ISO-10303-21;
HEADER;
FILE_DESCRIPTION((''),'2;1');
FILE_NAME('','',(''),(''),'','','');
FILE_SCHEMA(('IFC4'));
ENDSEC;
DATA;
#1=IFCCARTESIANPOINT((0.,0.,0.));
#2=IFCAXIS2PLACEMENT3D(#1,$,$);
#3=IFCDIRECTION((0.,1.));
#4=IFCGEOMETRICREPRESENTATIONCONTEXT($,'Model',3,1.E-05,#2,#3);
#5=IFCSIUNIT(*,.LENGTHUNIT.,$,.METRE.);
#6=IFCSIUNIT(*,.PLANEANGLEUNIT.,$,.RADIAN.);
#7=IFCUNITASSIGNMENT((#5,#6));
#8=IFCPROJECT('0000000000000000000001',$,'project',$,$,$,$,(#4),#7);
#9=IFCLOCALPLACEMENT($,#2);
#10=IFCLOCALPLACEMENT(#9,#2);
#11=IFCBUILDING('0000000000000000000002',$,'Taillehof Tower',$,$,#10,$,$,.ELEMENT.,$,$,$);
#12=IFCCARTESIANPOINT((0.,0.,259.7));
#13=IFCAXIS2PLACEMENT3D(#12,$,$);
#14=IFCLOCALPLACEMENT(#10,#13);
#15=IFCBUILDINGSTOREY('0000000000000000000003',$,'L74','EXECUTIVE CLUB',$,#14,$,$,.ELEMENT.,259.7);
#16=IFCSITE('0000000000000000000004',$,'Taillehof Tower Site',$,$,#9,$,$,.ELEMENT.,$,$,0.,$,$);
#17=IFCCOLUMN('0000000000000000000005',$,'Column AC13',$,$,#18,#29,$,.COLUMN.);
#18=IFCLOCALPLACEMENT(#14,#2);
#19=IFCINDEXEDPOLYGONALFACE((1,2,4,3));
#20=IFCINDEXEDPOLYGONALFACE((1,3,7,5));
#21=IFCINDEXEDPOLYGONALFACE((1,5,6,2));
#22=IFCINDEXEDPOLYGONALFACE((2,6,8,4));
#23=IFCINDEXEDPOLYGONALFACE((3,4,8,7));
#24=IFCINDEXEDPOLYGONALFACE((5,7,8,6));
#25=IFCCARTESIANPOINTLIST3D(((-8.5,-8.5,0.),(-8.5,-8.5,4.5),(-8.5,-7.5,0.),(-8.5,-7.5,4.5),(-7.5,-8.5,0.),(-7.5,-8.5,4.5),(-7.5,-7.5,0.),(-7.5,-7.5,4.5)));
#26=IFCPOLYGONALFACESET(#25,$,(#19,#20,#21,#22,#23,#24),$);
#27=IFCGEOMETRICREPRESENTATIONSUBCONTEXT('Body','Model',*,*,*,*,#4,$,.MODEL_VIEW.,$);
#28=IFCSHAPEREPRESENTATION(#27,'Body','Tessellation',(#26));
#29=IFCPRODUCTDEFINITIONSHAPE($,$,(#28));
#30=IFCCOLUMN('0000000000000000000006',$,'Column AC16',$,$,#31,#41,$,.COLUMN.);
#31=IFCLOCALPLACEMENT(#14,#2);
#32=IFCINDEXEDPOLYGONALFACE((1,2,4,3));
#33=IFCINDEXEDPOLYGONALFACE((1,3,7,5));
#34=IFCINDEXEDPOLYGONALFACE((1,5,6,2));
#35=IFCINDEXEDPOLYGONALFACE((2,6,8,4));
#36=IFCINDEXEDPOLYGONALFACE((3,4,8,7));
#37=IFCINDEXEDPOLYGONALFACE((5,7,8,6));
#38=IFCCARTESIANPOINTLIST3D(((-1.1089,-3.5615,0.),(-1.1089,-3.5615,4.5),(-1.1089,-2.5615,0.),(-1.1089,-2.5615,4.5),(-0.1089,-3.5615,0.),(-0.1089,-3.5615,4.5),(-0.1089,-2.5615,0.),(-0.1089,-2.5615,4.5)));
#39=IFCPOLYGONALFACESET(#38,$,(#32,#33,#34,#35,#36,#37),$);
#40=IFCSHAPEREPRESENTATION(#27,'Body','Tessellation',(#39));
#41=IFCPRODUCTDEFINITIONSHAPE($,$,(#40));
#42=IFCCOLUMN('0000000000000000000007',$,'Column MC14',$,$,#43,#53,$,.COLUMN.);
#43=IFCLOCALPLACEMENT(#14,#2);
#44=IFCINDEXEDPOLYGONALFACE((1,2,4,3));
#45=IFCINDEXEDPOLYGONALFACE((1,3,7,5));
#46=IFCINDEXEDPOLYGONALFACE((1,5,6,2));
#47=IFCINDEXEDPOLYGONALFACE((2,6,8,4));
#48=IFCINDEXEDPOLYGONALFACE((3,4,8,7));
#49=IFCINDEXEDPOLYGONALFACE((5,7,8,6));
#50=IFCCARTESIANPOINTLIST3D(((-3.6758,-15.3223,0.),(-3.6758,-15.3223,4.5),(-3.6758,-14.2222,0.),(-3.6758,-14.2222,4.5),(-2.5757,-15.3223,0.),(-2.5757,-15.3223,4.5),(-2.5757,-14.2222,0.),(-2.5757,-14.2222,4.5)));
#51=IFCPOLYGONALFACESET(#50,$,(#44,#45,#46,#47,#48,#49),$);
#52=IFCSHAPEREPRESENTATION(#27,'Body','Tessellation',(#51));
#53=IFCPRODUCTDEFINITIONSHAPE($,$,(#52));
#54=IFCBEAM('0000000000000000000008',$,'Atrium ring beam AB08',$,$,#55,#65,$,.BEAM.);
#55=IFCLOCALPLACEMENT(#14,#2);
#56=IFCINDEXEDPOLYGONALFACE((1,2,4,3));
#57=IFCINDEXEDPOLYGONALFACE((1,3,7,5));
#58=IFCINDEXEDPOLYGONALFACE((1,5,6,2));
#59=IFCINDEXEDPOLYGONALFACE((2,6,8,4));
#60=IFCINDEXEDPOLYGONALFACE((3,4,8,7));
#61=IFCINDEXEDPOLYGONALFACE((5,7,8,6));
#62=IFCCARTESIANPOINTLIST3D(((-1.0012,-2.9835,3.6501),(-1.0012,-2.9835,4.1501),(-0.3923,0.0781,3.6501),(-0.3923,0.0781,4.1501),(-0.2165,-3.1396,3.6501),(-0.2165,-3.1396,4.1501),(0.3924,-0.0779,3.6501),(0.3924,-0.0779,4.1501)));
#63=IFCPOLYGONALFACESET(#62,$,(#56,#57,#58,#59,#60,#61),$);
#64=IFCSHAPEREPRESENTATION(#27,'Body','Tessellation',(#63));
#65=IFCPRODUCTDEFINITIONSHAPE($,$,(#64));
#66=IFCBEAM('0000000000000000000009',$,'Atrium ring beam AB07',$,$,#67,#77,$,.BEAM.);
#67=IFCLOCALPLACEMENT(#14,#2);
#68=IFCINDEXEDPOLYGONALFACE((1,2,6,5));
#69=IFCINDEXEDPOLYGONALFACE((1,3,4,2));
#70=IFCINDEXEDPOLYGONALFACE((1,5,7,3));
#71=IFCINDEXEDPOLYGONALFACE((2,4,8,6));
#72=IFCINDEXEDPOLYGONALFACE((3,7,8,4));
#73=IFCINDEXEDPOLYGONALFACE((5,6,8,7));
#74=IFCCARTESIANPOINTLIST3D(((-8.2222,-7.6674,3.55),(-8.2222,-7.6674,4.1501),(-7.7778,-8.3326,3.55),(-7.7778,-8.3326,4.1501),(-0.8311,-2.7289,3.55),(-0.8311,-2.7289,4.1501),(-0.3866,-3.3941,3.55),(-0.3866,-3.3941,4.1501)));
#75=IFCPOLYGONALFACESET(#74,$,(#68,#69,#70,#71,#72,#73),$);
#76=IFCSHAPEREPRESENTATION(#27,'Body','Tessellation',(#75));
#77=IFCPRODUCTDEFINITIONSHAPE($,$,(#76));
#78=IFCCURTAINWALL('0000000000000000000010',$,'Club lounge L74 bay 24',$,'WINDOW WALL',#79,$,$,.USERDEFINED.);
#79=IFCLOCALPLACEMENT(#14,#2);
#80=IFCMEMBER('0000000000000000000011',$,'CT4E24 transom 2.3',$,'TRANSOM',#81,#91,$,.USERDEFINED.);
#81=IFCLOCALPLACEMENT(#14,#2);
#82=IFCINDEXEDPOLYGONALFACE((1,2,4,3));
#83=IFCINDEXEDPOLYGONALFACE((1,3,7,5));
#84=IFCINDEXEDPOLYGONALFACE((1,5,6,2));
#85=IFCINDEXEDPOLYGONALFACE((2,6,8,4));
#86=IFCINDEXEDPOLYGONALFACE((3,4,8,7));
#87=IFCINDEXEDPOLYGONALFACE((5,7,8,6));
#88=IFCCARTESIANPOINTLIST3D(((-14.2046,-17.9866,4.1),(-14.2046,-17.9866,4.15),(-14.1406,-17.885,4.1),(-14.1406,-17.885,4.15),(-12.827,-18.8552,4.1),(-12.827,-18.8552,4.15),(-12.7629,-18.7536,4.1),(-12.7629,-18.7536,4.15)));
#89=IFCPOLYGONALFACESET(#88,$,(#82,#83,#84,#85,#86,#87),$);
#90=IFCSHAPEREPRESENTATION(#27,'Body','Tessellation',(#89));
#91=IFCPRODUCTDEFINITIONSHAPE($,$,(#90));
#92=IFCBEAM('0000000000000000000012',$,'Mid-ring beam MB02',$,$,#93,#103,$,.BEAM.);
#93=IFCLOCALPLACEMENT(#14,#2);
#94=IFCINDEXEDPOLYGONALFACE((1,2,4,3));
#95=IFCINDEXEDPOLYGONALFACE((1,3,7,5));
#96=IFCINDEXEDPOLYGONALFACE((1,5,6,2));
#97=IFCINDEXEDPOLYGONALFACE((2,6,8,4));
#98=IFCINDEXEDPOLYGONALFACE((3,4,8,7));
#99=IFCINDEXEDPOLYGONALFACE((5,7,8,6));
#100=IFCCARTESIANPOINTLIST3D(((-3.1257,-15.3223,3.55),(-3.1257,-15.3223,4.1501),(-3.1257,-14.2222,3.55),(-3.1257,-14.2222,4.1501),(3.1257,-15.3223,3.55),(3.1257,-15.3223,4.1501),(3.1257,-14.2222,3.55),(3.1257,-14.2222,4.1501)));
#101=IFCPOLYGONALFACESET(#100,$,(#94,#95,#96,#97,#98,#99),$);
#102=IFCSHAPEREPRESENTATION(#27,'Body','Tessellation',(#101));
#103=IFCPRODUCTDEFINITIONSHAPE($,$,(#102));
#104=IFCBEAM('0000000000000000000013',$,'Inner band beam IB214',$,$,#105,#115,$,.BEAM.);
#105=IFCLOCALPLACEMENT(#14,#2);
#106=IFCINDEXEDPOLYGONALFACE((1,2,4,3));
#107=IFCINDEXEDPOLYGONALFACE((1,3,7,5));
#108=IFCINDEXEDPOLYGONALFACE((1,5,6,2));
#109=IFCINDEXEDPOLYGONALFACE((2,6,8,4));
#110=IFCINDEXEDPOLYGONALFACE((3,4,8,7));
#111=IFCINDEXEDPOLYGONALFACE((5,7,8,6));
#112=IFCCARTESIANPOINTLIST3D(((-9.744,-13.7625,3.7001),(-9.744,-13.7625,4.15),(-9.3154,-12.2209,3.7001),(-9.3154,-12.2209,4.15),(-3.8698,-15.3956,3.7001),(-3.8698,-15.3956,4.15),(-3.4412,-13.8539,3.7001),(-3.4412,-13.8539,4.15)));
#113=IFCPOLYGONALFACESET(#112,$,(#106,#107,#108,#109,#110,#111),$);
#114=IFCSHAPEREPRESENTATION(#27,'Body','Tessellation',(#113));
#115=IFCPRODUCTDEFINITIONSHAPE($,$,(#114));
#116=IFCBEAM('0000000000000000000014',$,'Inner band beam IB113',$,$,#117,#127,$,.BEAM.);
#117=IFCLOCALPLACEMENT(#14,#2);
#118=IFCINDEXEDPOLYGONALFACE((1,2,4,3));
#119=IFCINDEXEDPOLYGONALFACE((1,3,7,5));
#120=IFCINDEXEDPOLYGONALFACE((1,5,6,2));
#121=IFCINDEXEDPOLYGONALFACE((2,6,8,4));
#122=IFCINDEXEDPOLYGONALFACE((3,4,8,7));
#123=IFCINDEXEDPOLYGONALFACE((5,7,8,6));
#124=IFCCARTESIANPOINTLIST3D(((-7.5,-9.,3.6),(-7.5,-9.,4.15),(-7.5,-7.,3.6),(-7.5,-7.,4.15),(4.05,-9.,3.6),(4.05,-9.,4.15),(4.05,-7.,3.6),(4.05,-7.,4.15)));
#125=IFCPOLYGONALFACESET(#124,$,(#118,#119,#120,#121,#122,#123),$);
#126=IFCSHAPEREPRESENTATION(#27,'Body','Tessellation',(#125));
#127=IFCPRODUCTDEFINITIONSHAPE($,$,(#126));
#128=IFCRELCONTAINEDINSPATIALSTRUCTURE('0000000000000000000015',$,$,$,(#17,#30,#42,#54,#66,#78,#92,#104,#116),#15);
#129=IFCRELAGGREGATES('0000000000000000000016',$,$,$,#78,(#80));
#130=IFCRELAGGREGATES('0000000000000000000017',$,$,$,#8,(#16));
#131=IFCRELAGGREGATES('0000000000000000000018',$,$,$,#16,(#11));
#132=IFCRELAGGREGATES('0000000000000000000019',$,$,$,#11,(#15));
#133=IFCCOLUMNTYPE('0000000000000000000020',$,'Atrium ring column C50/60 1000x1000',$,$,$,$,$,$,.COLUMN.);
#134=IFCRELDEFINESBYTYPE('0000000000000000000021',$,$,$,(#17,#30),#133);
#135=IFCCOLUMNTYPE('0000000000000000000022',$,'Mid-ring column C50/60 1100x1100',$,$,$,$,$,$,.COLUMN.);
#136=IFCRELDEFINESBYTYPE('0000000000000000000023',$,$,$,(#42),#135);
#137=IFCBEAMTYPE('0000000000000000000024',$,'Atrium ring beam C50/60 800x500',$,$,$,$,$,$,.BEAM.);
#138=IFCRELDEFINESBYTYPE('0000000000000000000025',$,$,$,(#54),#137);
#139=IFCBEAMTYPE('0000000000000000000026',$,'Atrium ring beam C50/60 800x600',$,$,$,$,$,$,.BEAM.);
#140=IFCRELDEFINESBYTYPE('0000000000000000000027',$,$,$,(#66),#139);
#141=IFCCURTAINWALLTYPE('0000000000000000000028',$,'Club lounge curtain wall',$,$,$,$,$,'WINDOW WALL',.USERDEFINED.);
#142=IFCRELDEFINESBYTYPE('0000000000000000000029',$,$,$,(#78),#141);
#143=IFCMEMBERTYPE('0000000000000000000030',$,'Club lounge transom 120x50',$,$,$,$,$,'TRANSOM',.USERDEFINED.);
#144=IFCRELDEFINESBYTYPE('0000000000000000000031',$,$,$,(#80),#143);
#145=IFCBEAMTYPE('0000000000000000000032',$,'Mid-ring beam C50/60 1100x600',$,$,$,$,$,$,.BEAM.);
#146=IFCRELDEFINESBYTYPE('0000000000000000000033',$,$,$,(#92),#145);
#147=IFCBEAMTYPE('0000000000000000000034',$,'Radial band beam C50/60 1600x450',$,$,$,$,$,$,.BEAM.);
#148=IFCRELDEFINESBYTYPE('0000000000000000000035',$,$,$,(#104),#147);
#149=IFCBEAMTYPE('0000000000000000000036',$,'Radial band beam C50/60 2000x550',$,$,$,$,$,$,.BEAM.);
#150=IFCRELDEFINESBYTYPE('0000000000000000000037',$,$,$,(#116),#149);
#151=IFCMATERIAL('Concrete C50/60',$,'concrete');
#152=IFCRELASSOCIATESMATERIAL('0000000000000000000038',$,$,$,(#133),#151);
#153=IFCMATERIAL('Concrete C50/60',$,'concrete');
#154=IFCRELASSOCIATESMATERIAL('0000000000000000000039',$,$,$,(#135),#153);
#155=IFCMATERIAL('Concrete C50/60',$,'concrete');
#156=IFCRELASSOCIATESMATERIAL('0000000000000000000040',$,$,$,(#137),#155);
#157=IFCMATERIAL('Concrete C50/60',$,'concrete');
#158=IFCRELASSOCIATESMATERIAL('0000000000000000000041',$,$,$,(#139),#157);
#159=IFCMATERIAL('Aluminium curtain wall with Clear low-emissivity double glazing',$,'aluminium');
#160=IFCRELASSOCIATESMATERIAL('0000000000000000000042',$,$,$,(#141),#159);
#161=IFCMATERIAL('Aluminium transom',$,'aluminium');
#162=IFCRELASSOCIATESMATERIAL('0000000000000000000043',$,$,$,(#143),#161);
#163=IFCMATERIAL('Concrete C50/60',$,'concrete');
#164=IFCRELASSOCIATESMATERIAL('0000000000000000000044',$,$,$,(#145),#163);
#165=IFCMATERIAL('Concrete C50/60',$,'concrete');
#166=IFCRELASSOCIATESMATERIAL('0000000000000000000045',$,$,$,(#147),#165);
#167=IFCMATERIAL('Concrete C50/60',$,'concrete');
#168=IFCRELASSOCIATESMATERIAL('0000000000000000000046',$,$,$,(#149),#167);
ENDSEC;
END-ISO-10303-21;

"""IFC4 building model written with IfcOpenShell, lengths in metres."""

from ifc_helpers import new_model, si_unit, direction, frame, origin, origin_2d, place, context, subcontext, project, spatial, rectangle, extrude, material, material_profile, profile_set, type_object, element, aggregate, save


model = new_model("IFC4")

# Units and contexts
model_context = context("Model", 3, precision=1e-05, world=origin(), true_north=direction((0.0, 1.0)))
body_context = subcontext(model_context, "Body", "Model", "MODEL_VIEW")
ifc_project = project(units=[si_unit("LENGTHUNIT", "METRE"), si_unit("PLANEANGLEUNIT", "RADIAN")], contexts=[model_context])

# Site, building, storey
site_placement = place(None, origin())
site = spatial("IfcSite", under=ifc_project, at=site_placement, Name="Taillehof Tower Site", CompositionType="ELEMENT", RefElevation=0.0)
building_placement = place(site_placement, origin())
building = spatial("IfcBuilding", under=site, at=building_placement, Name="Taillehof Tower", CompositionType="ELEMENT")
storey_placement = place(building_placement, frame((0.0, 0.0, 259.7)))
storey = spatial("IfcBuildingStorey", under=building, at=storey_placement, Name="L74", Description="EXECUTIVE CLUB", CompositionType="ELEMENT", Elevation=259.7)

# Columns
ifc_material_1 = material(Name="Concrete C50/60", Category="concrete")
ifc_material_profile_1 = material_profile(ifc_material_1, rectangle(XDim=1.0, YDim=1.0, at=origin_2d()), Name="RC 1000x1000")
ifc_profile_set_1 = profile_set([ifc_material_profile_1], Name="Concrete C50/60")
column_type_1 = type_object("IfcColumnType", Name="Atrium ring column C50/60 1000x1000", PredefinedType="COLUMN", material=ifc_profile_set_1)
for number, where, z_axis, x_axis, name in (
    (1, (-8.0, -8.0, 0.0), (0.0, 0.0, 1.0), (1.0, 0.0, 0.0), "Column AC13"),
    (2, (-0.6089, -3.0615, 0.0), (0.0, 0.0, 1.0), (1.0, 0.0, 0.0), "Column AC16"),
):
    element("IfcColumn", number, at=place(storey_placement, frame(where, z_axis=z_axis, x_axis=x_axis)), inside=storey, type_object=column_type_1, Name=name, PredefinedType="COLUMN", context=body_context, shape_type="SweptSolid", body=[
        extrude(rectangle(XDim=1.0, YDim=1.0, at=origin_2d()), origin(), (0.0, 0.0, 1.0), 4.5),
    ])
ifc_material_2 = material(Name="Concrete C50/60", Category="concrete")
ifc_material_profile_2 = material_profile(ifc_material_2, rectangle(XDim=1.1001, YDim=1.1001, at=origin_2d()), Name="RC 1100x1100")
ifc_profile_set_2 = profile_set([ifc_material_profile_2], Name="Concrete C50/60")
column_type_2 = type_object("IfcColumnType", Name="Mid-ring column C50/60 1100x1100", PredefinedType="COLUMN", material=ifc_profile_set_2)
column_placement = place(storey_placement, frame((-3.1257, -14.7722, 0.0), z_axis=(0.0, 0.0, 1.0), x_axis=(1.0, 0.0, 0.0)))
element("IfcColumn", 3, at=column_placement, inside=storey, type_object=column_type_2, Name="Column MC14", PredefinedType="COLUMN", context=body_context, shape_type="SweptSolid", body=[
    extrude(rectangle(XDim=1.1001, YDim=1.1001, at=origin_2d()), origin(), (0.0, 0.0, 1.0), 4.5),
])

# Beams
ifc_material_3 = material(Name="Concrete C50/60", Category="concrete")
ifc_material_profile_3 = material_profile(ifc_material_3, rectangle(XDim=0.8, YDim=0.5, at=origin_2d()), Name="RC 800x500")
ifc_profile_set_3 = profile_set([ifc_material_profile_3], Name="Concrete C50/60")
beam_type_1 = type_object("IfcBeamType", Name="Atrium ring beam C50/60 800x500", PredefinedType="BEAM", material=ifc_profile_set_3)
beam_1_placement = place(storey_placement, frame((-0.6089, -3.0615, 3.9001), z_axis=(0.195063, 0.980791, 0.0), x_axis=(-0.980791, 0.195063, 0.0)))
element("IfcBeam", 4, at=beam_1_placement, inside=storey, type_object=beam_type_1, Name="Atrium ring beam AB08", PredefinedType="BEAM", context=body_context, shape_type="SweptSolid", body=[
    extrude(rectangle(XDim=0.8, YDim=0.5, at=origin_2d()), origin(), (0.0, 0.0, 1.0), 3.1216),
])
ifc_material_4 = material(Name="Concrete C50/60", Category="concrete")
ifc_material_profile_4 = material_profile(ifc_material_4, rectangle(XDim=0.8, YDim=0.6001, at=origin_2d()), Name="RC 800x600")
ifc_profile_set_4 = profile_set([ifc_material_profile_4], Name="Concrete C50/60")
beam_type_2 = type_object("IfcBeamType", Name="Atrium ring beam C50/60 800x600", PredefinedType="BEAM", material=ifc_profile_set_4)
beam_2_placement = place(storey_placement, frame((-8.0, -8.0, 3.8501), z_axis=(0.831475, 0.555562, 0.0), x_axis=(-0.555562, 0.831475, 0.0)))
element("IfcBeam", 5, at=beam_2_placement, inside=storey, type_object=beam_type_2, Name="Atrium ring beam AB07", PredefinedType="BEAM", context=body_context, shape_type="SweptSolid", body=[
    extrude(rectangle(XDim=0.8, YDim=0.6001, at=origin_2d()), origin(), (0.0, 0.0, 1.0), 8.8892),
])

# Curtain wall, member
ifc_material_5 = material(Name="Aluminium curtain wall with Clear low-emissivity double glazing", Category="aluminium")
curtain_wall_type = type_object("IfcCurtainWallType", Name="Club lounge curtain wall", ElementType="WINDOW WALL", PredefinedType="USERDEFINED", material=ifc_material_5)
curtain_wall_placement = place(storey_placement, origin())
curtain_wall = element("IfcCurtainWall", 6, at=curtain_wall_placement, inside=storey, type_object=curtain_wall_type, Name="Club lounge L74 bay 24", ObjectType="WINDOW WALL", PredefinedType="USERDEFINED")
ifc_material_6 = material(Name="Aluminium transom", Category="aluminium")
ifc_material_profile_5 = material_profile(ifc_material_6, rectangle(XDim=0.1201, YDim=0.05, at=origin_2d()), Name="AL 120x50")
ifc_profile_set_5 = profile_set([ifc_material_profile_5], Name="Aluminium transom")
member_type = type_object("IfcMemberType", Name="Club lounge transom 120x50", ElementType="TRANSOM", PredefinedType="USERDEFINED", material=ifc_profile_set_5)
member_placement = place(storey_placement, frame((-14.1726, -17.9358, 4.125), z_axis=(0.845895, -0.53335, 0.0), x_axis=(0.53335, 0.845895, 0.0)))
member = element("IfcMember", 7, at=member_placement, type_object=member_type, Name="CT4E24 transom 2.3", ObjectType="TRANSOM", PredefinedType="USERDEFINED", context=body_context, shape_type="SweptSolid", body=[
    extrude(rectangle(XDim=0.1201, YDim=0.05, at=origin_2d()), origin(), (0.0, 0.0, 1.0), 1.6287),
])
aggregate(curtain_wall, [member])

# Beams
ifc_material_7 = material(Name="Concrete C50/60", Category="concrete")
ifc_material_profile_6 = material_profile(ifc_material_7, rectangle(XDim=1.1001, YDim=0.6001, at=origin_2d()), Name="RC 1100x600")
ifc_profile_set_6 = profile_set([ifc_material_profile_6], Name="Concrete C50/60")
beam_type_3 = type_object("IfcBeamType", Name="Mid-ring beam C50/60 1100x600", PredefinedType="BEAM", material=ifc_profile_set_6)
beam_3_placement = place(storey_placement, frame((-3.1257, -14.7722, 3.8501), z_axis=(1.0, 0.0, 0.0), x_axis=(0.0, 1.0, 0.0)))
element("IfcBeam", 8, at=beam_3_placement, inside=storey, type_object=beam_type_3, Name="Mid-ring beam MB02", PredefinedType="BEAM", context=body_context, shape_type="SweptSolid", body=[
    extrude(rectangle(XDim=1.1001, YDim=0.6001, at=origin_2d()), origin(), (0.0, 0.0, 1.0), 6.2515),
])
ifc_material_8 = material(Name="Concrete C50/60", Category="concrete")
ifc_material_profile_7 = material_profile(ifc_material_8, rectangle(XDim=1.6001, YDim=0.45, at=origin_2d()), Name="RC 1600x450")
ifc_profile_set_7 = profile_set([ifc_material_profile_7], Name="Concrete C50/60")
beam_type_4 = type_object("IfcBeamType", Name="Radial band beam C50/60 1600x450", PredefinedType="BEAM", material=ifc_profile_set_7)
beam_4_placement = place(storey_placement, frame((-3.6555, -14.6248, 3.925), z_axis=(-0.963459, 0.267855, 0.0), x_axis=(-0.267855, -0.963459, 0.0)))
element("IfcBeam", 9, at=beam_4_placement, inside=storey, type_object=beam_type_4, Name="Inner band beam IB214", PredefinedType="BEAM", context=body_context, shape_type="SweptSolid", body=[
    extrude(rectangle(XDim=1.6001, YDim=0.45, at=origin_2d()), origin(), (0.0, 0.0, 1.0), 6.0969),
])
ifc_material_9 = material(Name="Concrete C50/60", Category="concrete")
ifc_material_profile_8 = material_profile(ifc_material_9, rectangle(XDim=2.0, YDim=0.55, at=origin_2d()), Name="RC 2000x550")
ifc_profile_set_8 = profile_set([ifc_material_profile_8], Name="Concrete C50/60")
beam_type_5 = type_object("IfcBeamType", Name="Radial band beam C50/60 2000x550", PredefinedType="BEAM", material=ifc_profile_set_8)
beam_5_placement = place(storey_placement, frame((-7.5, -8.0, 3.875), z_axis=(1.0, 0.0, 0.0), x_axis=(0.0, 1.0, 0.0)))
element("IfcBeam", 10, at=beam_5_placement, inside=storey, type_object=beam_type_5, Name="Inner band beam IB113", PredefinedType="BEAM", context=body_context, shape_type="SweptSolid", body=[
    extrude(rectangle(XDim=2.0, YDim=0.55, at=origin_2d()), origin(), (0.0, 0.0, 1.0), 11.55),
])

save(model, "model.ifc")
